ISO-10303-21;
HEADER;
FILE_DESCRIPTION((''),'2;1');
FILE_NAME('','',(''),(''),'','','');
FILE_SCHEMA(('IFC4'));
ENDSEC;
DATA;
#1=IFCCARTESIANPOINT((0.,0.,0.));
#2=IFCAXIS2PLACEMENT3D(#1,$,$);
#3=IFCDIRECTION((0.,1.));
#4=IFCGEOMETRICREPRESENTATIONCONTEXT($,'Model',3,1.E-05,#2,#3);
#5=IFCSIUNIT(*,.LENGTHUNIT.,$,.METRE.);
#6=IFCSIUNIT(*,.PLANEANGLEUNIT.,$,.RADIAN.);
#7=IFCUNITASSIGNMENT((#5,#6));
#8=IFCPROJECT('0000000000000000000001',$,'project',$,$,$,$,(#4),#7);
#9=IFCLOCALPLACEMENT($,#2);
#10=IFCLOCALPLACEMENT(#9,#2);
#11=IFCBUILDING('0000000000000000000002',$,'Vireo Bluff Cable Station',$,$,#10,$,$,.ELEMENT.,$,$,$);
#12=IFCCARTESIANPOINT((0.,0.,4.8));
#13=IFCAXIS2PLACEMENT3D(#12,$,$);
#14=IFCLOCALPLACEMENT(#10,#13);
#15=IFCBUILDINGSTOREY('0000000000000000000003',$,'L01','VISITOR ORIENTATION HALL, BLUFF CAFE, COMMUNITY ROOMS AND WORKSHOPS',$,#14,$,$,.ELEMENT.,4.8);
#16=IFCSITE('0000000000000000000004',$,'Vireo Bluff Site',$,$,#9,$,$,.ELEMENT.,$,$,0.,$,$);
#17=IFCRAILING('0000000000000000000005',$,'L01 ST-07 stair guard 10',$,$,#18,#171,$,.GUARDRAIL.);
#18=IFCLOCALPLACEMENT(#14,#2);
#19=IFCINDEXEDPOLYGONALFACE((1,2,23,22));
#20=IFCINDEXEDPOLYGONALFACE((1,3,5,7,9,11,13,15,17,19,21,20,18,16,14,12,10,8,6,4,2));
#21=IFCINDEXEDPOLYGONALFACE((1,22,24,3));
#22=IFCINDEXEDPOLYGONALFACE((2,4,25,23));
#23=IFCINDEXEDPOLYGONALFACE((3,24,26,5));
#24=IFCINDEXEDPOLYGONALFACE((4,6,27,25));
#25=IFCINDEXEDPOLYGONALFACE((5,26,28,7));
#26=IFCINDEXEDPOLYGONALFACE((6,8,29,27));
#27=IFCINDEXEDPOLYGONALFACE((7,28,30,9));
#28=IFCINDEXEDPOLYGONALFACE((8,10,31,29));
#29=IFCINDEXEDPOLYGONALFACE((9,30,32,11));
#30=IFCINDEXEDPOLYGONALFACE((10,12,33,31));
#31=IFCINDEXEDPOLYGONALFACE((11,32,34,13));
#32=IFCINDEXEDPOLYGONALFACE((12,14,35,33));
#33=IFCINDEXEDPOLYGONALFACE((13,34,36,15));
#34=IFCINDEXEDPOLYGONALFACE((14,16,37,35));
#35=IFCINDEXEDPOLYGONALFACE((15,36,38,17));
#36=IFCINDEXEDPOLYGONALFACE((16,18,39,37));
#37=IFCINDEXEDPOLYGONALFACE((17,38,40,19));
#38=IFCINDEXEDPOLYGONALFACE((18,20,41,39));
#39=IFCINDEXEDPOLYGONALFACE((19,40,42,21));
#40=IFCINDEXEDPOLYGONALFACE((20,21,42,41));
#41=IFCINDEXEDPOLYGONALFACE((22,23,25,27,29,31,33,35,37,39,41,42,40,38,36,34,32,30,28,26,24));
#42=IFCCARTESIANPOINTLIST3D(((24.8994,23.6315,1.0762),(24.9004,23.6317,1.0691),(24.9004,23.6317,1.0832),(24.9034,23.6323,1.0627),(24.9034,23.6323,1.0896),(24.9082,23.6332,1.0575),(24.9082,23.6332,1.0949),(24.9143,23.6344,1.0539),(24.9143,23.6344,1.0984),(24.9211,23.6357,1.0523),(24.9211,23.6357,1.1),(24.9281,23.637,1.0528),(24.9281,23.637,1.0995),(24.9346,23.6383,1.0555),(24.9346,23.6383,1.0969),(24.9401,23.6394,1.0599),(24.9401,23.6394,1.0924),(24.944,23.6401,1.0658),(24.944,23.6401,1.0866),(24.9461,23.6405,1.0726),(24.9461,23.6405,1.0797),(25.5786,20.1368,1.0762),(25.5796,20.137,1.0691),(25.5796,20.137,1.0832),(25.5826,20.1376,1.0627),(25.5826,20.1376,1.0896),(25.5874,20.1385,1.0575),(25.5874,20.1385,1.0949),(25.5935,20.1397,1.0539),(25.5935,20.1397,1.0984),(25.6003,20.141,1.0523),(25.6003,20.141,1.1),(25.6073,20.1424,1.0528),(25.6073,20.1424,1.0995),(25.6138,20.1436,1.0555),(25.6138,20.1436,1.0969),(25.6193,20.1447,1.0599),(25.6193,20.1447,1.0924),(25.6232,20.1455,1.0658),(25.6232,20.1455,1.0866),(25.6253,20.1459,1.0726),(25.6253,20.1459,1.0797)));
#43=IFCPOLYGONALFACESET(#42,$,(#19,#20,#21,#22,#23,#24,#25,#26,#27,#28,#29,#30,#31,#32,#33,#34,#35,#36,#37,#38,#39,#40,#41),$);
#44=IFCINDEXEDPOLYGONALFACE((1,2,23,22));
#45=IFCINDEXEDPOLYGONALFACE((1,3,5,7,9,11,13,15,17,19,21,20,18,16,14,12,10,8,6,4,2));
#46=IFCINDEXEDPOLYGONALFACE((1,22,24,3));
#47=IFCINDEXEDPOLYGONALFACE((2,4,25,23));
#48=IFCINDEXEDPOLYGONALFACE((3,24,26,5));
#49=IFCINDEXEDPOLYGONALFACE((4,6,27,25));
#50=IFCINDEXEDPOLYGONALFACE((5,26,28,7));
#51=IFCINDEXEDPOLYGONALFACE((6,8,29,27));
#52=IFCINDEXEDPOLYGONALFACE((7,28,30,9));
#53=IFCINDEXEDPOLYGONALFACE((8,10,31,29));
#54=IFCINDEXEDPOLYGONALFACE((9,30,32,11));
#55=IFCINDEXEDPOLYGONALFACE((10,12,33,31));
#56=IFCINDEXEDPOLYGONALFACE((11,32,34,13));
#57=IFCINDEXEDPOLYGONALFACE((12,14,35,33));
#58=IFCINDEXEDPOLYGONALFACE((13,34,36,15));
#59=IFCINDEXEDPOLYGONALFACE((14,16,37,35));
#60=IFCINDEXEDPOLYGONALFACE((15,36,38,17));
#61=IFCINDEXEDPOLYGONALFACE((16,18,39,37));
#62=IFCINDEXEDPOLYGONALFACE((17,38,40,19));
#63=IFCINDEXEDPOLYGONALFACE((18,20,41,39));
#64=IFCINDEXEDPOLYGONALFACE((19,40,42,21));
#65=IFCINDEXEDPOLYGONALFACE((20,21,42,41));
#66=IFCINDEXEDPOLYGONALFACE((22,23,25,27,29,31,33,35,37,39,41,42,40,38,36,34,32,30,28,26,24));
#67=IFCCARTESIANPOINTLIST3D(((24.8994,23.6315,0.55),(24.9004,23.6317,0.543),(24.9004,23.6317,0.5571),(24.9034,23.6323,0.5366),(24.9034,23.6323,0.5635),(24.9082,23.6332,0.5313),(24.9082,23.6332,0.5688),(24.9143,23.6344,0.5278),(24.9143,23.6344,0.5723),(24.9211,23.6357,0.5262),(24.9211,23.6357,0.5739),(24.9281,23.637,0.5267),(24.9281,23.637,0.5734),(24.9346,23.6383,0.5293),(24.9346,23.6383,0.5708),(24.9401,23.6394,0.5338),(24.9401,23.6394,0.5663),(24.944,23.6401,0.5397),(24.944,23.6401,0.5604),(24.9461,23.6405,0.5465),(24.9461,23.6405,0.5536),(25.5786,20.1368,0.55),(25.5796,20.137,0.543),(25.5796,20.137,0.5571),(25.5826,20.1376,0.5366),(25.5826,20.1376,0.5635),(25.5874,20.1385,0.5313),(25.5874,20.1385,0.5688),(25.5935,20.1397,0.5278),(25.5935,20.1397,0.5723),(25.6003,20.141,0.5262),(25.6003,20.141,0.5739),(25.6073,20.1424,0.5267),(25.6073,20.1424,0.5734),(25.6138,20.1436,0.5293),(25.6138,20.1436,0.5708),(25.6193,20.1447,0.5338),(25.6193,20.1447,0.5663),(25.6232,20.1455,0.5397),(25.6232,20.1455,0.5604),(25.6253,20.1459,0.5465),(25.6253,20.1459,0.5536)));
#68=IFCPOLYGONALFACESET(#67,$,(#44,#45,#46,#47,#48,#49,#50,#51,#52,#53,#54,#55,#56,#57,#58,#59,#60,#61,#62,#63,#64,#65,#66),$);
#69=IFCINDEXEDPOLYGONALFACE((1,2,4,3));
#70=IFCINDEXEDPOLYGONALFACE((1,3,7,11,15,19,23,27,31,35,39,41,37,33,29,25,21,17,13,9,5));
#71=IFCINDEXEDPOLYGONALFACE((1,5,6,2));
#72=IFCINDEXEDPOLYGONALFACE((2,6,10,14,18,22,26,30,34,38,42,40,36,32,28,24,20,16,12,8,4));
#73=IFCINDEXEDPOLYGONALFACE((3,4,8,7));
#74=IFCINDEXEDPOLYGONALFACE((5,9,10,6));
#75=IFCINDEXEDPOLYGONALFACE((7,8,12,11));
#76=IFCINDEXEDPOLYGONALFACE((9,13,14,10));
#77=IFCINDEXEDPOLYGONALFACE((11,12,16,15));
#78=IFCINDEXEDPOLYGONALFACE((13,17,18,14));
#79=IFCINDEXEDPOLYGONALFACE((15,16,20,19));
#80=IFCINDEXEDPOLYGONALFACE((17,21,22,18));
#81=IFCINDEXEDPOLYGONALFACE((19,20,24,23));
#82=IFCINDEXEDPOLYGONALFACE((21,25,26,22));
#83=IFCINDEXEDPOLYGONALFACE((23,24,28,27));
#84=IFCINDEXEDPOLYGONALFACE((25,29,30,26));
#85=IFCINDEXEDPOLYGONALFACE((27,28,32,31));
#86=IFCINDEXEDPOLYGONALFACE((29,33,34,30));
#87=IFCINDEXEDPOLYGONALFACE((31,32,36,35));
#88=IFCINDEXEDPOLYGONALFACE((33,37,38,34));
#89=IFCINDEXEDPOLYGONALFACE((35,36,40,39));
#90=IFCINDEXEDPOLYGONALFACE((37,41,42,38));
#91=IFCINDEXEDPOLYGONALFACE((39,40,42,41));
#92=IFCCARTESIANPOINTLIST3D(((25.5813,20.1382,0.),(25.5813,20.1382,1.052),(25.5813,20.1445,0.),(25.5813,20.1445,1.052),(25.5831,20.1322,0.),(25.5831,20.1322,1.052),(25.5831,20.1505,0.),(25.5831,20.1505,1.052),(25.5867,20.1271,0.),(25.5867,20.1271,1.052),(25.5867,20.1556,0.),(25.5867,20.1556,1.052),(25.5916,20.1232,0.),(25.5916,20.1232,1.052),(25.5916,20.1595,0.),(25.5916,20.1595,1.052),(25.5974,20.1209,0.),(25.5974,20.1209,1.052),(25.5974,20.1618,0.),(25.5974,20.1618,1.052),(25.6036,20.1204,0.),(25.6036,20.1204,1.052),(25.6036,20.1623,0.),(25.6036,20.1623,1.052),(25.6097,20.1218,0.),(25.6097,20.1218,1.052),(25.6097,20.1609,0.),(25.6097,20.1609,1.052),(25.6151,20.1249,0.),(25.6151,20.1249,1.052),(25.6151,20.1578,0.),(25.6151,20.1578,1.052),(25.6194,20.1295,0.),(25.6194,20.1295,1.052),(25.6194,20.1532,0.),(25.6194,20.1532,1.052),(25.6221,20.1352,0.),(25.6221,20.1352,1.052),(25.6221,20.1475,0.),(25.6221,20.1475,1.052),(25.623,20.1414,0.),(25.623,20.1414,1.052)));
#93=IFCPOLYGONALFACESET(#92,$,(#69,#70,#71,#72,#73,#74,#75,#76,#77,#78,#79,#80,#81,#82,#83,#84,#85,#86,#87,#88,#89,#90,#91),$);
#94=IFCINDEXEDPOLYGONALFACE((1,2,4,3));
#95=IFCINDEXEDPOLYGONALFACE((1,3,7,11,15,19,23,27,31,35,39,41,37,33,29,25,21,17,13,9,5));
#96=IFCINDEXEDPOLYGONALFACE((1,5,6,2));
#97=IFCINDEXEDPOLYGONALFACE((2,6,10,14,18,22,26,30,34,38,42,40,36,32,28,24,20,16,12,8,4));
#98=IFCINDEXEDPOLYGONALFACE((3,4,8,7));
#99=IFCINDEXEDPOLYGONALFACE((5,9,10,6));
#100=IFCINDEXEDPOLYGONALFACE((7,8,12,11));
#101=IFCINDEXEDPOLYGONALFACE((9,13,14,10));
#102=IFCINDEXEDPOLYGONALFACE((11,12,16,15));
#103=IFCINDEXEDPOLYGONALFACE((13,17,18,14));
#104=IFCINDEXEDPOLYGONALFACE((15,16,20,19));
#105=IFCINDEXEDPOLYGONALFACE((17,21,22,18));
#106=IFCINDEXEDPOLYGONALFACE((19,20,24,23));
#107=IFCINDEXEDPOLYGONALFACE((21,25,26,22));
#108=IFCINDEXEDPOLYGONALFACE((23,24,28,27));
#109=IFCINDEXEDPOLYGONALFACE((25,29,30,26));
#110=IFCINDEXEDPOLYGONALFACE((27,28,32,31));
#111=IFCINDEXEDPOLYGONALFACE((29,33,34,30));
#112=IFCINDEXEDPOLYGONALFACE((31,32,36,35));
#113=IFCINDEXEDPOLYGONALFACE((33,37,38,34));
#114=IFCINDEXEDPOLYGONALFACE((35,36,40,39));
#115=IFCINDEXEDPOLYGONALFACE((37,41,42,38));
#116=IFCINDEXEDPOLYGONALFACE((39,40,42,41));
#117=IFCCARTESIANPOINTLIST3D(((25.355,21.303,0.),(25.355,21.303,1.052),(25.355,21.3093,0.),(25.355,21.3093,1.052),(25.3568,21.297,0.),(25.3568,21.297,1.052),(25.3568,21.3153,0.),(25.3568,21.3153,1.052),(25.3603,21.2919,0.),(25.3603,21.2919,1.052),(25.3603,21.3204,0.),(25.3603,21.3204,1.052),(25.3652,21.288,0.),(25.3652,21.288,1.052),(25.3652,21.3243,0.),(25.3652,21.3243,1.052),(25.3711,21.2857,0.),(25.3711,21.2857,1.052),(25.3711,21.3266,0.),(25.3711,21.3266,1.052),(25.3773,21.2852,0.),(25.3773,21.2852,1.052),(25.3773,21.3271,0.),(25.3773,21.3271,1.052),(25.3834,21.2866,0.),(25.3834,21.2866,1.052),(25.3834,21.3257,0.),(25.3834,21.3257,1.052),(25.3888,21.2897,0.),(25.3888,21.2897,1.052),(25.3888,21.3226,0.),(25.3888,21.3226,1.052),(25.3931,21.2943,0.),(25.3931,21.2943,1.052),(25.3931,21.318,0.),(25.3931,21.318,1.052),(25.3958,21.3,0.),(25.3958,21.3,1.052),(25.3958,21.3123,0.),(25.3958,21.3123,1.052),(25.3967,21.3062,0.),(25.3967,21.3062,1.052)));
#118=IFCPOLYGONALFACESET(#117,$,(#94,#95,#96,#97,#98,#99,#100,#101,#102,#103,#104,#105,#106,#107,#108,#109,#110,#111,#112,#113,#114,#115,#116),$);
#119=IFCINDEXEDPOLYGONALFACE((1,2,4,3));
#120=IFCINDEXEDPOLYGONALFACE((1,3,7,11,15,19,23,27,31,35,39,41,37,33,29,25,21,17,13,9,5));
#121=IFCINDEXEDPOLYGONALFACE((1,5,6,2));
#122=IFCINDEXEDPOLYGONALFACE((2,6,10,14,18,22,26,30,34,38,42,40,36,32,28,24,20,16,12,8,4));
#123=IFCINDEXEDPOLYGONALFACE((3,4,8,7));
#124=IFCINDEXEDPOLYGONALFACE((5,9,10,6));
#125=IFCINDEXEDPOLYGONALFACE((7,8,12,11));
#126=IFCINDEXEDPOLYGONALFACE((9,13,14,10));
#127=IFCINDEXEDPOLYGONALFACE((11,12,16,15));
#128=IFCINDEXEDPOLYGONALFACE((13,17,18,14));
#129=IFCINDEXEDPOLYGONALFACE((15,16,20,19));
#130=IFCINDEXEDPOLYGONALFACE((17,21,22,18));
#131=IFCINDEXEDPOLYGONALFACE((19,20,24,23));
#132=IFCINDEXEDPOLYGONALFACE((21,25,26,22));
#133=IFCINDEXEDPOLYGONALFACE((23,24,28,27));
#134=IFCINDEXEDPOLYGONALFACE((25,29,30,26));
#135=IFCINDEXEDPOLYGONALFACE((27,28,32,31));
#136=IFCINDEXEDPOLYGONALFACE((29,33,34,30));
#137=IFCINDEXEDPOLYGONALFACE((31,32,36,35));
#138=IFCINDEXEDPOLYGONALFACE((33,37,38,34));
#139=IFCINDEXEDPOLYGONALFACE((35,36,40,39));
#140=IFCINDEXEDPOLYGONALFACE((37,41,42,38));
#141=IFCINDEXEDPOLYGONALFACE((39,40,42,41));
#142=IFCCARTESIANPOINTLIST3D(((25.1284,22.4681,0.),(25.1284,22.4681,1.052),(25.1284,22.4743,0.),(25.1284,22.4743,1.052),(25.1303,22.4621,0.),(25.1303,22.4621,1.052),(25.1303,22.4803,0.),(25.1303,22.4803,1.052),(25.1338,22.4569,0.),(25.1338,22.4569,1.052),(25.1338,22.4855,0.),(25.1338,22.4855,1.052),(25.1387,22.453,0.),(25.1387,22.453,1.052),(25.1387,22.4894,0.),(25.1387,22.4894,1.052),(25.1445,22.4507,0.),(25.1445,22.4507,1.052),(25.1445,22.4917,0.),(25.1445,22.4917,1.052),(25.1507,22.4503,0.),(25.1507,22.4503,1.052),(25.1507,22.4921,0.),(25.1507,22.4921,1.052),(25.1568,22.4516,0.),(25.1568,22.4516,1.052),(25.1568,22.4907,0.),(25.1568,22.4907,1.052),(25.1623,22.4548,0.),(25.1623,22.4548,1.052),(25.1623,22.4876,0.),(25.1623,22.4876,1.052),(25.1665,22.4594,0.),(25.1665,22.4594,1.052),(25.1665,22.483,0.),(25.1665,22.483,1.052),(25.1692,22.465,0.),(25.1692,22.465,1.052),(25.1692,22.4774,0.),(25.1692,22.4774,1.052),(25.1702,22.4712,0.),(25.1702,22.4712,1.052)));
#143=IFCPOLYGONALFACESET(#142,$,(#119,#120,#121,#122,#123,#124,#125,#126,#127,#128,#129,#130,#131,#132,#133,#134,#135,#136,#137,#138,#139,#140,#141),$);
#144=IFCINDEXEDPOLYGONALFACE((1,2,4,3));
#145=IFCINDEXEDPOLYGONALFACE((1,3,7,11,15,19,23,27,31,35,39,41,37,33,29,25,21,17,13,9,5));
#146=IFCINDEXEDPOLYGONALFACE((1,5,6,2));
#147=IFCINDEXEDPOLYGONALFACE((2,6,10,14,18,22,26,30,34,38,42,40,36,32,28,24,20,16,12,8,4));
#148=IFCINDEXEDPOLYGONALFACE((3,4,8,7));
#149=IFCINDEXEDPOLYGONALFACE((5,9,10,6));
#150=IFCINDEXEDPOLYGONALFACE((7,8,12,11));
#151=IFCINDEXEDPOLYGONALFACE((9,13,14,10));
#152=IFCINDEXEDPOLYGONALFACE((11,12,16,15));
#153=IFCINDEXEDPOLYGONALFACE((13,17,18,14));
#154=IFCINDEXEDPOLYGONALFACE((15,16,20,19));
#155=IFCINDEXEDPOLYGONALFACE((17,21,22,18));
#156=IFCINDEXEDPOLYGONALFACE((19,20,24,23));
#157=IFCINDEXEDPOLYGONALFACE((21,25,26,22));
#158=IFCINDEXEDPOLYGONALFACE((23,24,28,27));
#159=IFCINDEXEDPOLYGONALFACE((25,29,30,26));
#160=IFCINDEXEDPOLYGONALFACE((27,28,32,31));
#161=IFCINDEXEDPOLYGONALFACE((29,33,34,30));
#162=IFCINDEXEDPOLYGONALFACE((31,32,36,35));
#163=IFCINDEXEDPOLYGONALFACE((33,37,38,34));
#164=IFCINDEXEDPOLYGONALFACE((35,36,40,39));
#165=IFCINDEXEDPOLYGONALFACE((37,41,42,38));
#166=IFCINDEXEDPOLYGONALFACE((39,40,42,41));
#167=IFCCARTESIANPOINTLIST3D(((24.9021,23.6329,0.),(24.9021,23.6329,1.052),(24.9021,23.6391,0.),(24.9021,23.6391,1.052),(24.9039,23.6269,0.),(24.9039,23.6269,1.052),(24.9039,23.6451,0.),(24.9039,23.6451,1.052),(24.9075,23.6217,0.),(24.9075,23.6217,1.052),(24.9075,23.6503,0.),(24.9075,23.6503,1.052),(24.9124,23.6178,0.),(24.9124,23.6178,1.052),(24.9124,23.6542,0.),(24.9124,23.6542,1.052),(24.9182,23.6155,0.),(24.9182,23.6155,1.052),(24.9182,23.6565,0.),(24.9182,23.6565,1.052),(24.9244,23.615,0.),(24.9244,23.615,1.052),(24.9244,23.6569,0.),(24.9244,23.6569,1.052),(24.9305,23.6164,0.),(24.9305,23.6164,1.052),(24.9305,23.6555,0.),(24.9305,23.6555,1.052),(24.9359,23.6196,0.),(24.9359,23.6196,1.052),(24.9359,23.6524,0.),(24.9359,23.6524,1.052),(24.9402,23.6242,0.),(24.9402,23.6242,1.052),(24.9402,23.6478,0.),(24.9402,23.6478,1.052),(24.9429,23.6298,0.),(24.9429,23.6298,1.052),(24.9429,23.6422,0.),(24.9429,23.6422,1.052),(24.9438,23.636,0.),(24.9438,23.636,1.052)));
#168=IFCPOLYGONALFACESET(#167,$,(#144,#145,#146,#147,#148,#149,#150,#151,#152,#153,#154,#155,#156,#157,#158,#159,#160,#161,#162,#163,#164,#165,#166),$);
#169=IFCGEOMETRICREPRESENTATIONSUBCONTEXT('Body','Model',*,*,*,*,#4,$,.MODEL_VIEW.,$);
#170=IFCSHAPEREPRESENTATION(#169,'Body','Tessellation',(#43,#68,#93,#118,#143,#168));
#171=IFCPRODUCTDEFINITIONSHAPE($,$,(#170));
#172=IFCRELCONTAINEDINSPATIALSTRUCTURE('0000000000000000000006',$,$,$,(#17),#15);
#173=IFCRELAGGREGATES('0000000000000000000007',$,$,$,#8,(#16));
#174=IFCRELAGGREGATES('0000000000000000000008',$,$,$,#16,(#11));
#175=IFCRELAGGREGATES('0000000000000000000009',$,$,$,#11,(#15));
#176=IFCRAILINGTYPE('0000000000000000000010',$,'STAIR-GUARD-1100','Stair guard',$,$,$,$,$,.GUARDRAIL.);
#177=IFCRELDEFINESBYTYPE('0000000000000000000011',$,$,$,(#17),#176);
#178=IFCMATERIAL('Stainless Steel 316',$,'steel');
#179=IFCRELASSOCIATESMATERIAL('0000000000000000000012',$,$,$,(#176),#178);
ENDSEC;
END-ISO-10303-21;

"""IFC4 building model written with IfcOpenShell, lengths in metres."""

from ifc_helpers import new_model, si_unit, direction, frame, origin, origin_2d, place, context, subcontext, project, spatial, circle, extrude, material, type_object, element, save


model = new_model("IFC4")

# Units and contexts
model_context = context("Model", 3, precision=1e-05, world=origin(), true_north=direction((0.0, 1.0)))
body_context = subcontext(model_context, "Body", "Model", "MODEL_VIEW")
ifc_project = project(units=[si_unit("LENGTHUNIT", "METRE"), si_unit("PLANEANGLEUNIT", "RADIAN")], contexts=[model_context])

# Site, building, storey
site_placement = place(None, origin())
site = spatial("IfcSite", under=ifc_project, at=site_placement, Name="Vireo Bluff Site", CompositionType="ELEMENT", RefElevation=0.0)
building_placement = place(site_placement, origin())
building = spatial("IfcBuilding", under=site, at=building_placement, Name="Vireo Bluff Cable Station", CompositionType="ELEMENT")
storey_placement = place(building_placement, frame((0.0, 0.0, 4.8)))
storey = spatial("IfcBuildingStorey", under=building, at=storey_placement, Name="L01", Description="VISITOR ORIENTATION HALL, BLUFF CAFE, COMMUNITY ROOMS AND WORKSHOPS", CompositionType="ELEMENT", Elevation=4.8)

# Railing
ifc_material_1 = material(Name="Stainless Steel 316", Category="steel")
railing_type = type_object("IfcRailingType", Name="STAIR-GUARD-1100", Description="Stair guard", PredefinedType="GUARDRAIL", material=ifc_material_1)
railing_1_placement = place(storey_placement, frame((25.6021, 20.1414, 0.0)))
element("IfcRailing", 1, at=railing_1_placement, inside=storey, type_object=railing_type, Name="L01 ST-07 stair guard 10", PredefinedType="GUARDRAIL", context=body_context, shape_type="SweptSolid", body=[
    extrude(circle(Radius=0.0239, at=origin_2d()), frame((0.0, 0.0, 1.0762), z_axis=(-0.190785, 0.981632, 0.0), x_axis=(-0.981632, -0.190785, 0.0)), (0.0, 0.0, 1.0), 3.5601),
    extrude(circle(Radius=0.0239, at=origin_2d()), frame((0.0, 0.0, 0.55), z_axis=(-0.190785, 0.981632, 0.0), x_axis=(-0.981632, -0.190785, 0.0)), (0.0, 0.0, 1.0), 3.5601),
    extrude(circle(Radius=0.021, at=origin_2d()), origin(), (0.0, 0.0, 1.0), 1.052),
    extrude(circle(Radius=0.021, at=origin_2d()), frame((-0.2263, 1.1648, 0.0)), (0.0, 0.0, 1.0), 1.052),
    extrude(circle(Radius=0.021, at=origin_2d()), frame((-0.4529, 2.3298, 0.0)), (0.0, 0.0, 1.0), 1.052),
    extrude(circle(Radius=0.021, at=origin_2d()), frame((-0.6792, 3.4946, 0.0)), (0.0, 0.0, 1.0), 1.052),
])

save(model, "model.ifc")
